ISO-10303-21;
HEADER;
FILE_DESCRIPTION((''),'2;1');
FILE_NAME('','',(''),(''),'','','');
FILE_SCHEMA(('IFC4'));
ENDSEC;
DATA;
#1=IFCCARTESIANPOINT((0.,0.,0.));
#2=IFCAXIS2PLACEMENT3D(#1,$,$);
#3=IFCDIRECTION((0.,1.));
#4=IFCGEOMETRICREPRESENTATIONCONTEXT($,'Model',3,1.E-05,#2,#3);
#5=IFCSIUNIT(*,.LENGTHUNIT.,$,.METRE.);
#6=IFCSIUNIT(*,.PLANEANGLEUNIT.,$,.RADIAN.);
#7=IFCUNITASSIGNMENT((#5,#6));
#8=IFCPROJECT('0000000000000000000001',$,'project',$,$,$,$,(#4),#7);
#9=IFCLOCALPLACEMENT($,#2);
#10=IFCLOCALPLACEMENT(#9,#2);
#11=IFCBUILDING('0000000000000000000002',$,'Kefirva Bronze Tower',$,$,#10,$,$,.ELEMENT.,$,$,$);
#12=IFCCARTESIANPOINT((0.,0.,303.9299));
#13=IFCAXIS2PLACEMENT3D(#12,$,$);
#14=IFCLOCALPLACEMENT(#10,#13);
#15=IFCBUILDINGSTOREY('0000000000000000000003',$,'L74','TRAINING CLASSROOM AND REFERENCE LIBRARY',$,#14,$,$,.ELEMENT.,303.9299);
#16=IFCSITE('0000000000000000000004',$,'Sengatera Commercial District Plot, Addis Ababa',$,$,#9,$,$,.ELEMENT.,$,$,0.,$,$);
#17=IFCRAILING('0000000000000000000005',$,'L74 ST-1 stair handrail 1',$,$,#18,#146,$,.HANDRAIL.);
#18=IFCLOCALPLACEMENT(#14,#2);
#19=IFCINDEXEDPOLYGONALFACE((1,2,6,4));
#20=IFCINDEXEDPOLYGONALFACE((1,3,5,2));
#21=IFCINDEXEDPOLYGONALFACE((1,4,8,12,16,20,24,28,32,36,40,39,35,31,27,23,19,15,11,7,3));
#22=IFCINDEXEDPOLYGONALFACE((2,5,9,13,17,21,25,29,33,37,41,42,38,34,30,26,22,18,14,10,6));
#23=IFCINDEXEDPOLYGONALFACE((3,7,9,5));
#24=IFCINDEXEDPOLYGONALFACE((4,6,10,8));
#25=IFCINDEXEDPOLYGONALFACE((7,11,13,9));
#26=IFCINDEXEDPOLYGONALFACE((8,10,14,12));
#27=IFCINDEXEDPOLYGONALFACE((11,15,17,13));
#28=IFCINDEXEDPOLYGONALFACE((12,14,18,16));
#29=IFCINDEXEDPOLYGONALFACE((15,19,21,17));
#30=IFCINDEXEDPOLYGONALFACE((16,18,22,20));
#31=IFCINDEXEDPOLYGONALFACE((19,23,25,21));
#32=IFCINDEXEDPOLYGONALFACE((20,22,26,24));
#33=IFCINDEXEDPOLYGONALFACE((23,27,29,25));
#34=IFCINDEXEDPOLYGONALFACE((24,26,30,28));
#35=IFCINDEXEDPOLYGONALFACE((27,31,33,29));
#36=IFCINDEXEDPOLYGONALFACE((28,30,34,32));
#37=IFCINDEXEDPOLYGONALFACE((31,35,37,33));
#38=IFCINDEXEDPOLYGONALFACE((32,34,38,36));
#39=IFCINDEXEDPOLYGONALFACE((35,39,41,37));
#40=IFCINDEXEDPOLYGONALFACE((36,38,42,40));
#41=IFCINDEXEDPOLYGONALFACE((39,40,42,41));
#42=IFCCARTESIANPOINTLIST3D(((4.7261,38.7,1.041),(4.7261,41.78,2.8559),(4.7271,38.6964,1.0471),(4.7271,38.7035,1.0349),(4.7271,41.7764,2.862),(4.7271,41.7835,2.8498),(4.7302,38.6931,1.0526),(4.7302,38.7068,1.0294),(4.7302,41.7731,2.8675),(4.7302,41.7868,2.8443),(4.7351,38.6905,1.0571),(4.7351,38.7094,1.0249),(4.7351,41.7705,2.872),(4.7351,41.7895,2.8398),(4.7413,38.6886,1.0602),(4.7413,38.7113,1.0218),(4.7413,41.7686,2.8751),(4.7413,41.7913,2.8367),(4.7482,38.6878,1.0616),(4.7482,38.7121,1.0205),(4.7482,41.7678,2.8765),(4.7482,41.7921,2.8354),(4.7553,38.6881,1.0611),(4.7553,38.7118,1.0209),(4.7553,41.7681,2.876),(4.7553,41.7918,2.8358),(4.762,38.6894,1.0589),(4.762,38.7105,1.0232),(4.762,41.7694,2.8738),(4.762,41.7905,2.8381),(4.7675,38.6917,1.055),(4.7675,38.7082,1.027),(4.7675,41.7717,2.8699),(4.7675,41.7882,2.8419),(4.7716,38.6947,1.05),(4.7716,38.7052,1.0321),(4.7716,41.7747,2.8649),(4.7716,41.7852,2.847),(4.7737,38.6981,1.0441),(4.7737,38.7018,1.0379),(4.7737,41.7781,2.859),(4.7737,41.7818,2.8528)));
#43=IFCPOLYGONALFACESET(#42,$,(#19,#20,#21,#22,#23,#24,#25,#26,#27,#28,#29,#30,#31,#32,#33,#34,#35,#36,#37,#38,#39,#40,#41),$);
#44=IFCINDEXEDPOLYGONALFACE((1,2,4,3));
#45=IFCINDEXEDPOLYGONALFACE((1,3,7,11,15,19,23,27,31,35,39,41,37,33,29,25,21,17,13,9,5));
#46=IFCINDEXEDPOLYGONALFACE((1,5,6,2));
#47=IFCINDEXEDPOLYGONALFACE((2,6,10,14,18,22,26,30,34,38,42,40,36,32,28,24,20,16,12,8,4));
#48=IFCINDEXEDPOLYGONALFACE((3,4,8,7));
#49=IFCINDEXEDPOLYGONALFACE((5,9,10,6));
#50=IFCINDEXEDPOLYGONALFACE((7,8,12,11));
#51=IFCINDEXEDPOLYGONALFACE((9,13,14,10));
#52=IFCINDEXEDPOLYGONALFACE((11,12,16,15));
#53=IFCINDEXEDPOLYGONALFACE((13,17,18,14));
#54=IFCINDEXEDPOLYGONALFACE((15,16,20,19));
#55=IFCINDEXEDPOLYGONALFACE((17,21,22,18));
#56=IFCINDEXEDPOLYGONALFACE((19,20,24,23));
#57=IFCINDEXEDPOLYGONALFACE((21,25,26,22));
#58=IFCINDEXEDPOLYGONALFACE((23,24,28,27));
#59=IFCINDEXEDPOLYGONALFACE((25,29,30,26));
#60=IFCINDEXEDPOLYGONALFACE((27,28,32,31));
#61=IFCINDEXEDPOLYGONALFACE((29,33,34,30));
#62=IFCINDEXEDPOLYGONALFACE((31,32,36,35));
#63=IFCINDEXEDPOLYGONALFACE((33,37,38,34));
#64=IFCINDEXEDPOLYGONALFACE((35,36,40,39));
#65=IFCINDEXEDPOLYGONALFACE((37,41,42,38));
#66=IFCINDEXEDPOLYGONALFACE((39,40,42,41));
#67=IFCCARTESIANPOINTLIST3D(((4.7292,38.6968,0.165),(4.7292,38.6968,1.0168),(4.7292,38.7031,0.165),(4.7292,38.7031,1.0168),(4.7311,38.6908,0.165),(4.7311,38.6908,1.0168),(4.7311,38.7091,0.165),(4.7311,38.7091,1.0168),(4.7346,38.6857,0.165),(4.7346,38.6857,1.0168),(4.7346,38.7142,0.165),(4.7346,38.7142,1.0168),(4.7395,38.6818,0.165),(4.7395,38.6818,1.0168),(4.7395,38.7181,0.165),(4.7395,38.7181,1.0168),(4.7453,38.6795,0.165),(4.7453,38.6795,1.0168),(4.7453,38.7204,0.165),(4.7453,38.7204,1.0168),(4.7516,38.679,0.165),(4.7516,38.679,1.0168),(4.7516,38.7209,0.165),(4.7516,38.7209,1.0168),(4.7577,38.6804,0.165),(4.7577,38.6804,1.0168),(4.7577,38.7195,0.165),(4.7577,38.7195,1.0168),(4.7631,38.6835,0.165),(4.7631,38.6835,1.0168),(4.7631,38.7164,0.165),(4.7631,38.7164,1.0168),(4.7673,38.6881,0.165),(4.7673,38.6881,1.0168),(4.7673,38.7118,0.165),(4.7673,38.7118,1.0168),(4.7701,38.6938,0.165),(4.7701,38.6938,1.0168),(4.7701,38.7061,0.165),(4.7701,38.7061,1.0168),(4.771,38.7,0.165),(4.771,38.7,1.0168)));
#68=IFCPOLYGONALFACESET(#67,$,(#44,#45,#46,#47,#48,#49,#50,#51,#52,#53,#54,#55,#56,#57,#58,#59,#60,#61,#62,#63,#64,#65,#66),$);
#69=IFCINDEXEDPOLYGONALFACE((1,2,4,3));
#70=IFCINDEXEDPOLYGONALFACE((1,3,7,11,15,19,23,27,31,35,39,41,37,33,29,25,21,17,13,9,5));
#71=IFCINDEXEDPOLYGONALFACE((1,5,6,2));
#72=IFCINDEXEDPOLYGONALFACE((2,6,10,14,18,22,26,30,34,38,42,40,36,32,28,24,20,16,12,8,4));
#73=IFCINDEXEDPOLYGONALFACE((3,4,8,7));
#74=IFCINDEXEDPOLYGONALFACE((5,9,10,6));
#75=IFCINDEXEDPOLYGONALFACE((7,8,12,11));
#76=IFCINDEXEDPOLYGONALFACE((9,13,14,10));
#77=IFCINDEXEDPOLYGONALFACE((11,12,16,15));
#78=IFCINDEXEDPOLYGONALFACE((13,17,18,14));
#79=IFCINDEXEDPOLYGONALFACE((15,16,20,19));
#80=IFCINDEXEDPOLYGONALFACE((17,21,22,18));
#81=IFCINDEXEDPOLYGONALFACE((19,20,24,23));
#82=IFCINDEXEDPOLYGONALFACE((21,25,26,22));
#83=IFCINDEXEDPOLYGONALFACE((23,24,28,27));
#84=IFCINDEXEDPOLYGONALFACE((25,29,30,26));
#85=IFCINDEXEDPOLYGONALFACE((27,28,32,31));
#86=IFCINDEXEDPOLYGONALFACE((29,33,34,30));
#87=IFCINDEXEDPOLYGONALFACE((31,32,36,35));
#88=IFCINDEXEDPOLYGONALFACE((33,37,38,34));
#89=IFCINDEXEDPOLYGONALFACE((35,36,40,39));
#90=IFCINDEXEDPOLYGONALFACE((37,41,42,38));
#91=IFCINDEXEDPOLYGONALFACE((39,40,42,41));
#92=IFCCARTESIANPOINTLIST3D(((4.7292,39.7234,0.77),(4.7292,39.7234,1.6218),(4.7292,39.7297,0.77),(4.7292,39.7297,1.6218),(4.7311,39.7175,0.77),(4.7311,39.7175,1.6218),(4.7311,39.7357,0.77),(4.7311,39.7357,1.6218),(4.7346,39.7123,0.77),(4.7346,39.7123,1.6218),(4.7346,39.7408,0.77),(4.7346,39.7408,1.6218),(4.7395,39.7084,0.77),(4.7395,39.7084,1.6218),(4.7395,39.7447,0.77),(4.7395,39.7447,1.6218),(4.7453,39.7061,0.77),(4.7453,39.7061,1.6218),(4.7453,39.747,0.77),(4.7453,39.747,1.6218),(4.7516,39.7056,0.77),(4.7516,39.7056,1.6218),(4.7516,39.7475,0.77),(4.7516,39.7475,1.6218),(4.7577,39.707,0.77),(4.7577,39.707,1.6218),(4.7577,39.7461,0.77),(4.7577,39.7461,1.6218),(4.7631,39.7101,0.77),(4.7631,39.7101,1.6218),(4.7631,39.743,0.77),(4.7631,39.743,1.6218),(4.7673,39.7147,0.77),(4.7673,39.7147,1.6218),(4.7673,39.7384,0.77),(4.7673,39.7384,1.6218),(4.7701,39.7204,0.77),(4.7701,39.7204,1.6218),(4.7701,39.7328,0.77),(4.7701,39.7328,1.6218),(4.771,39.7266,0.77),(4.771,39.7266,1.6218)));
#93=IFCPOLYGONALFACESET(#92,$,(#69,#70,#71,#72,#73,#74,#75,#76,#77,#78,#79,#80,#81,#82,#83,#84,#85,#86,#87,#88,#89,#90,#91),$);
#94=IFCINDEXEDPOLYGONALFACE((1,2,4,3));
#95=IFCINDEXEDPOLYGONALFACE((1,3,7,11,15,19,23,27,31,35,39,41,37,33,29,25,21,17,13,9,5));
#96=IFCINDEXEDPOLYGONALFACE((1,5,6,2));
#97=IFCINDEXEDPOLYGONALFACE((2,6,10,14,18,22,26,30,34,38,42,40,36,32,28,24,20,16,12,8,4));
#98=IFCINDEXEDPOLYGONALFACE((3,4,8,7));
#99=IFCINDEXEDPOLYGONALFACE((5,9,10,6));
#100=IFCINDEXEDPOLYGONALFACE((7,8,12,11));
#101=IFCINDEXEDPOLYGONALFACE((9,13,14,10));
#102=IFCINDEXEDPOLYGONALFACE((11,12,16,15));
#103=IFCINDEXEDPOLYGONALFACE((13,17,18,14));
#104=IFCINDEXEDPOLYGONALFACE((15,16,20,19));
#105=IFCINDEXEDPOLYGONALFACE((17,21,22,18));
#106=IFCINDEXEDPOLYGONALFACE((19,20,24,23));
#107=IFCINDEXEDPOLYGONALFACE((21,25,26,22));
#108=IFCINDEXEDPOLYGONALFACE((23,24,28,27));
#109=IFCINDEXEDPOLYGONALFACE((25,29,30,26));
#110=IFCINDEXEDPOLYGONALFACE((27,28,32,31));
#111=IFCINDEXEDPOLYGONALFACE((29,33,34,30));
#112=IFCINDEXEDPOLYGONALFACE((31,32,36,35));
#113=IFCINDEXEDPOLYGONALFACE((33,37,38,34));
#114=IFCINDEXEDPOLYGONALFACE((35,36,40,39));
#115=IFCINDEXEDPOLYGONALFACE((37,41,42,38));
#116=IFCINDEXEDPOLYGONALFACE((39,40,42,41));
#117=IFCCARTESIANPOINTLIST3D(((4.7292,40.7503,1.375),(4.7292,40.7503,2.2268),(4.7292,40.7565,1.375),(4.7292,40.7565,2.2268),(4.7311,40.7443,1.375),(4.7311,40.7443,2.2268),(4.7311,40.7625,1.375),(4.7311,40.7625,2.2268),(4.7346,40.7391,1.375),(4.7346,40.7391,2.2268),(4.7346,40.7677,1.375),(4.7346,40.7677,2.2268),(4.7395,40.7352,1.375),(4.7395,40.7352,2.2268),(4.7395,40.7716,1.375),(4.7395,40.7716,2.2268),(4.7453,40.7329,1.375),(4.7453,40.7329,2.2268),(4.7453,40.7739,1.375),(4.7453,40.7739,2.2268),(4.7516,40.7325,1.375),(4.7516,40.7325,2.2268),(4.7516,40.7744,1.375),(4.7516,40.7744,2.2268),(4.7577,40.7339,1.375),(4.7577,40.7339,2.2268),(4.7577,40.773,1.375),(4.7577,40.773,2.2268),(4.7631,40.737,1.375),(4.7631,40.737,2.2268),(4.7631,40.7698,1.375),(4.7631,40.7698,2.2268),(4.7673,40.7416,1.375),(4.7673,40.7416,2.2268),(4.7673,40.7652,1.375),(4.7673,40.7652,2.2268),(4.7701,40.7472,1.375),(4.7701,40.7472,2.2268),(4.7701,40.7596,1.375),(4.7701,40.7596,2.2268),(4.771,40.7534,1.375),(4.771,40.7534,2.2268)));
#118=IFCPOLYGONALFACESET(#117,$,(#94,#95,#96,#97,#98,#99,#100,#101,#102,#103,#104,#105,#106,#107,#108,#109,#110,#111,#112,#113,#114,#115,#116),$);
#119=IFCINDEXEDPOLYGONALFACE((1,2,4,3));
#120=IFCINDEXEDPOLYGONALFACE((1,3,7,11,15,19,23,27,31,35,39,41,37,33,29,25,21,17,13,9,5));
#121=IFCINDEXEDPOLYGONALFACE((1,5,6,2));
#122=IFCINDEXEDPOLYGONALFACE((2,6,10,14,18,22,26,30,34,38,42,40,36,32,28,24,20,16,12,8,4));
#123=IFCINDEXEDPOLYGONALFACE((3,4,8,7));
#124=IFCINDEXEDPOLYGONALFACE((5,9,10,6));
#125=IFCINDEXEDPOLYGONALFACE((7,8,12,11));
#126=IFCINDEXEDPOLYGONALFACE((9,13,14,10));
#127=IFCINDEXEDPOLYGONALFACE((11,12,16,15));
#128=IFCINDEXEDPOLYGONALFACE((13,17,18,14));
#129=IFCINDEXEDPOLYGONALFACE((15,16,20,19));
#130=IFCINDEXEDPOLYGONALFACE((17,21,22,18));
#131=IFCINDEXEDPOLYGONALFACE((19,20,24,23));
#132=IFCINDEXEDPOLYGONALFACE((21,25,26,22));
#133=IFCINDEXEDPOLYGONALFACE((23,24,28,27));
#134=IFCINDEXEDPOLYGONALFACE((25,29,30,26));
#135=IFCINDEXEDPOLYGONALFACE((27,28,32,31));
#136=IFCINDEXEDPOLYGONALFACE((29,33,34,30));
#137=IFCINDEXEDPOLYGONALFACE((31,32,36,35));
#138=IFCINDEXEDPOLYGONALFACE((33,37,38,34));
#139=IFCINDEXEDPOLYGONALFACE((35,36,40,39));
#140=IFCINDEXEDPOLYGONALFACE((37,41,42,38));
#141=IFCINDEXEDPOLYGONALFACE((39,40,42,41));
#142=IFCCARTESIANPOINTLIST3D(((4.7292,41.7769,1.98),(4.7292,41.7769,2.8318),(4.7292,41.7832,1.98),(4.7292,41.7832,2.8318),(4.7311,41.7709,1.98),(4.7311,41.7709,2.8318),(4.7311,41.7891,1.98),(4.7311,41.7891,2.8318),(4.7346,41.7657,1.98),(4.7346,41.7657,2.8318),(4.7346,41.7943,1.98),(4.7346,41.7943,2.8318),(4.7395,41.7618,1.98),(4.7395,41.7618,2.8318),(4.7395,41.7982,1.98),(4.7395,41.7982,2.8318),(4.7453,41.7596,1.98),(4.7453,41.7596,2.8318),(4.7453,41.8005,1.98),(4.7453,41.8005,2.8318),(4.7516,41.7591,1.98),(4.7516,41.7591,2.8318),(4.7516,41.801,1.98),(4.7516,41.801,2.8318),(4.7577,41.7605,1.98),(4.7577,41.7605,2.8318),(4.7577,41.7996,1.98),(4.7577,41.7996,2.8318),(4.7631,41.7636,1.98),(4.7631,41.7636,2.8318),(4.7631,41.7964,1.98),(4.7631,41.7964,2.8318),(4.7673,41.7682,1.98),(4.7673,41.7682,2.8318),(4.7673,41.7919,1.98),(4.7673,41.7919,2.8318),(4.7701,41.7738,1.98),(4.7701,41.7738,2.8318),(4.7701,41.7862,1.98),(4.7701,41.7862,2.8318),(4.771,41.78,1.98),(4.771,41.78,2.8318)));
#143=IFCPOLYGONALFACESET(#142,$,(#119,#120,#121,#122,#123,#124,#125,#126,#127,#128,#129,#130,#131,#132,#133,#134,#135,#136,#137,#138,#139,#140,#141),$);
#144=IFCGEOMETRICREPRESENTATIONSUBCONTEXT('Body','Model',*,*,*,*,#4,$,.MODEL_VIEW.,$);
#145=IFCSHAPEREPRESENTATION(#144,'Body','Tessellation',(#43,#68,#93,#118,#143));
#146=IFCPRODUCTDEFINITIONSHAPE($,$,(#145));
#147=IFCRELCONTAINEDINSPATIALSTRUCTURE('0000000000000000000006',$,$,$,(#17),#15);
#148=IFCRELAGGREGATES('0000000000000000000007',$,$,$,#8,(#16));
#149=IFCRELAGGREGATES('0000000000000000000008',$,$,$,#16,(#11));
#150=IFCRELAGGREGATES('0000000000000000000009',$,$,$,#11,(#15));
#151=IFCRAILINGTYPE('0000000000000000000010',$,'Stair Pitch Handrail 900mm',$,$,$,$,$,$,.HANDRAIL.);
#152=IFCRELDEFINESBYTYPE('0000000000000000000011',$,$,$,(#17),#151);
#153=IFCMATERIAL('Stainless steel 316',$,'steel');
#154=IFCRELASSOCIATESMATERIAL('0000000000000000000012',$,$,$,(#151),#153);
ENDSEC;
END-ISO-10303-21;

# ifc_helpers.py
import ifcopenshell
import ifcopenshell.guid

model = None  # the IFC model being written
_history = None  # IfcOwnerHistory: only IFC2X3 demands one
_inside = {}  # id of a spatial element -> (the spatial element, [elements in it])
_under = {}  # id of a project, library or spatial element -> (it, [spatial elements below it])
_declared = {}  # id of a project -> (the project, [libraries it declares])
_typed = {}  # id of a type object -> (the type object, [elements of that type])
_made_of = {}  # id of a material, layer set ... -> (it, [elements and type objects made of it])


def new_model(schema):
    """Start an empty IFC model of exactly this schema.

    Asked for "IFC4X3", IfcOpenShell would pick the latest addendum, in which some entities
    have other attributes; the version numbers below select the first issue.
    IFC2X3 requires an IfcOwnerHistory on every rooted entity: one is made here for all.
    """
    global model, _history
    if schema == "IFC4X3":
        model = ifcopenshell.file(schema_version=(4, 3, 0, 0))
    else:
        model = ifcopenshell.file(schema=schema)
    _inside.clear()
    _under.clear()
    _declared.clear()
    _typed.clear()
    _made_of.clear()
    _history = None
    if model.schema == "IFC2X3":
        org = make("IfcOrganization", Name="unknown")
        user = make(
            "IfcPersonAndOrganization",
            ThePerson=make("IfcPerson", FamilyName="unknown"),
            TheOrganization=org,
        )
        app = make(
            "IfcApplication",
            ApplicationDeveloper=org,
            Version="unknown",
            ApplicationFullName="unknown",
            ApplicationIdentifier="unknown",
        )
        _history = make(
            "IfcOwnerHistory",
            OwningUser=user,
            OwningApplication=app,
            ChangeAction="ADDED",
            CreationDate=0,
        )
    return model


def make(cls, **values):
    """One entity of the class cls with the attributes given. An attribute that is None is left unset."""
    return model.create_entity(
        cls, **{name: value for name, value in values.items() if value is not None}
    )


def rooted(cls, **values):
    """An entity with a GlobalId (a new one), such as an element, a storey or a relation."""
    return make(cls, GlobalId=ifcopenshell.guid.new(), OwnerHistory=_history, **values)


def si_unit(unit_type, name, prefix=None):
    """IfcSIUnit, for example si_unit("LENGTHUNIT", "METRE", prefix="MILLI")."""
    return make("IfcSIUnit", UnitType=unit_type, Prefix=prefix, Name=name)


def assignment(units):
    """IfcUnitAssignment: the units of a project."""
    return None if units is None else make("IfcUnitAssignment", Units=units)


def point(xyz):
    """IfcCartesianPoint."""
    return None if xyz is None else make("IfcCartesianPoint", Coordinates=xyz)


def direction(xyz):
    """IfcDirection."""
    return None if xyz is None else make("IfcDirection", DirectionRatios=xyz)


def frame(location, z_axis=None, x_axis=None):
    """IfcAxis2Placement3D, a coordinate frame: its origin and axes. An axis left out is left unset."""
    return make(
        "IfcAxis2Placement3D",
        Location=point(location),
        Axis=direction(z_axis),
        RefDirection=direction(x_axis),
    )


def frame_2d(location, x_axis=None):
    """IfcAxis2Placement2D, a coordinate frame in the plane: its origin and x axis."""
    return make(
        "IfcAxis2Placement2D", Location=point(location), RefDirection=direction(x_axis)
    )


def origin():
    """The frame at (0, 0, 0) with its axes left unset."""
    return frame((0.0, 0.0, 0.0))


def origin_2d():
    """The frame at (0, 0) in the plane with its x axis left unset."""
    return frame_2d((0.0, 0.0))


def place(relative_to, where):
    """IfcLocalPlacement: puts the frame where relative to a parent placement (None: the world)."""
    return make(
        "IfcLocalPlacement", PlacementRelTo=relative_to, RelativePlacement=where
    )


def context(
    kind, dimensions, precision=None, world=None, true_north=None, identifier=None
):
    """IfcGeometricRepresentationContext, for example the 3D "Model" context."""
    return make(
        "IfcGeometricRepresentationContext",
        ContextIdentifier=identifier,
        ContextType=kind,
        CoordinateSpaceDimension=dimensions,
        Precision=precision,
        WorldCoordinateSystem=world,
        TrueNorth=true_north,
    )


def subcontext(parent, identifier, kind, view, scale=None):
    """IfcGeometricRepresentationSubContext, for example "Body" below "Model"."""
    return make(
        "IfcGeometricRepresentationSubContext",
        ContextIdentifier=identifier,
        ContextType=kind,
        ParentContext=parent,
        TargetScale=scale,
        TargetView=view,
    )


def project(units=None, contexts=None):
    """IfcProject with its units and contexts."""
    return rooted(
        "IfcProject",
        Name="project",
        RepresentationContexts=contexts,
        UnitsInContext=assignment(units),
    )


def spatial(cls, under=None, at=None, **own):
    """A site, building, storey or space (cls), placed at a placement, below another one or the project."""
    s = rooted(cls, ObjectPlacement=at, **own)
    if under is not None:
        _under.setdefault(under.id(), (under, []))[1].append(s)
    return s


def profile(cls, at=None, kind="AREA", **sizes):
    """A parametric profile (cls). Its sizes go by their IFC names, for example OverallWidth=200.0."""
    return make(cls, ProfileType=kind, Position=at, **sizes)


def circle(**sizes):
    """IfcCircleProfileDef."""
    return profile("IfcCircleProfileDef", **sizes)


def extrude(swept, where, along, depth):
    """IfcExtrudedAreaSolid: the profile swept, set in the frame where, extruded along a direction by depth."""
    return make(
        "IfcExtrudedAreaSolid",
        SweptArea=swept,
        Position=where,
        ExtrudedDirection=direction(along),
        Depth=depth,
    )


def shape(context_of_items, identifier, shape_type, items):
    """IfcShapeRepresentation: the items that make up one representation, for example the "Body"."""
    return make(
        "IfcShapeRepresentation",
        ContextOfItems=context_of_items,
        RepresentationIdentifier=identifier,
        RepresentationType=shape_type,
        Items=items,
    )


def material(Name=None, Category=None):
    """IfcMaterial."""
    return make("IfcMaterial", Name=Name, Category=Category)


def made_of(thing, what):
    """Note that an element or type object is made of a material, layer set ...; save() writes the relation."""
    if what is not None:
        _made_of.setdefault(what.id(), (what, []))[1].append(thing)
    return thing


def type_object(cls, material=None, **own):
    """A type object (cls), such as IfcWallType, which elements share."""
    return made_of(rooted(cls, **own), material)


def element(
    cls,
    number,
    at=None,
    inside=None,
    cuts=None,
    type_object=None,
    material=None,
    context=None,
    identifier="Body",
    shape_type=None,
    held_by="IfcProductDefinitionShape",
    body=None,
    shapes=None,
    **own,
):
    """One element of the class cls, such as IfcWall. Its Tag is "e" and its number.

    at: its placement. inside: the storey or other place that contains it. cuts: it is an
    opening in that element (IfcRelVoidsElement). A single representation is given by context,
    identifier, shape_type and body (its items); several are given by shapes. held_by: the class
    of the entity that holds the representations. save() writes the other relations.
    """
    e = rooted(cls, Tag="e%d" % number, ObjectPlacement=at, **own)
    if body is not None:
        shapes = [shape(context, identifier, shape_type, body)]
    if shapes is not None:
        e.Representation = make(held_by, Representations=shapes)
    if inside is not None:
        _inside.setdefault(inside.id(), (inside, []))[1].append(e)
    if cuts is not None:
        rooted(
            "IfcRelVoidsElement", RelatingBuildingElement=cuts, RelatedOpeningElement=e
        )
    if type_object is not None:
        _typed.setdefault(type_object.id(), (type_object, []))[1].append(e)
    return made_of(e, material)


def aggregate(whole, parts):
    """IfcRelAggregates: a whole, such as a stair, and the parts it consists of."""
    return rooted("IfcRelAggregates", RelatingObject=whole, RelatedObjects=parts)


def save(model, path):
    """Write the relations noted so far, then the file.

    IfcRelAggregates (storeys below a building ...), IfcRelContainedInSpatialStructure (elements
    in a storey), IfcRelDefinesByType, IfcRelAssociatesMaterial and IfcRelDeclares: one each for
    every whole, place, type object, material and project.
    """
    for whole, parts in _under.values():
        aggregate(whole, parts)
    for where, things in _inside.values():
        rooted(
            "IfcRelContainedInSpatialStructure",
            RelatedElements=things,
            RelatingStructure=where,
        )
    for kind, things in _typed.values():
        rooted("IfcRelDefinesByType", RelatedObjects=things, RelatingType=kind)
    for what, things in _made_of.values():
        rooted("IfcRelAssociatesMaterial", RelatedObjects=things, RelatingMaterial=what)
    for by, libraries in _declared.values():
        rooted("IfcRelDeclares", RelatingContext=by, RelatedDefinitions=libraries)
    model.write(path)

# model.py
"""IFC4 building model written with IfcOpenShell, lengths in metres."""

from ifc_helpers import new_model, si_unit, direction, frame, origin, origin_2d, place, context, subcontext, project, spatial, circle, extrude, material, type_object, element, save


model = new_model("IFC4")

# Units and contexts
model_context = context("Model", 3, precision=1e-05, world=origin(), true_north=direction((0.0, 1.0)))
body_context = subcontext(model_context, "Body", "Model", "MODEL_VIEW")
ifc_project = project(units=[si_unit("LENGTHUNIT", "METRE"), si_unit("PLANEANGLEUNIT", "RADIAN")], contexts=[model_context])

# Site, building, storey
site_placement = place(None, origin())
site = spatial("IfcSite", under=ifc_project, at=site_placement, Name="Sengatera Commercial District Plot, Addis Ababa", CompositionType="ELEMENT", RefElevation=0.0)
building_placement = place(site_placement, origin())
building = spatial("IfcBuilding", under=site, at=building_placement, Name="Kefirva Bronze Tower", CompositionType="ELEMENT")
storey_placement = place(building_placement, frame((0.0, 0.0, 303.9299)))
storey = spatial("IfcBuildingStorey", under=building, at=storey_placement, Name="L74", Description="TRAINING CLASSROOM AND REFERENCE LIBRARY", CompositionType="ELEMENT", Elevation=303.9299)

# Railing
ifc_material_1 = material(Name="Stainless steel 316", Category="steel")
railing_type_1 = type_object("IfcRailingType", Name="Stair Pitch Handrail 900mm", PredefinedType="HANDRAIL", material=ifc_material_1)
railing_1_placement = place(storey_placement, frame((4.75, 38.7, 0.165)))
element("IfcRailing", 1, at=railing_1_placement, inside=storey, type_object=railing_type_1, Name="L74 ST-1 stair handrail 1", PredefinedType="HANDRAIL", context=body_context, shape_type="SweptSolid", body=[
    extrude(circle(Radius=0.0239, at=origin_2d()), frame((0.0, 0.0, 0.876), z_axis=(0.0, 0.861551, 0.507671), x_axis=(-1.0, 0.0, 0.0)), (0.0, 0.0, 1.0), 3.575),
    extrude(circle(Radius=0.021, at=origin_2d()), origin(), (0.0, 0.0, 1.0), 0.8518),
    extrude(circle(Radius=0.021, at=origin_2d()), frame((0.0, 1.0266, 0.605)), (0.0, 0.0, 1.0), 0.8518),
    extrude(circle(Radius=0.021, at=origin_2d()), frame((0.0, 2.0535, 1.21)), (0.0, 0.0, 1.0), 0.8518),
    extrude(circle(Radius=0.021, at=origin_2d()), frame((0.0, 3.0801, 1.8149)), (0.0, 0.0, 1.0), 0.8518),
])

save(model, "model.ifc")
